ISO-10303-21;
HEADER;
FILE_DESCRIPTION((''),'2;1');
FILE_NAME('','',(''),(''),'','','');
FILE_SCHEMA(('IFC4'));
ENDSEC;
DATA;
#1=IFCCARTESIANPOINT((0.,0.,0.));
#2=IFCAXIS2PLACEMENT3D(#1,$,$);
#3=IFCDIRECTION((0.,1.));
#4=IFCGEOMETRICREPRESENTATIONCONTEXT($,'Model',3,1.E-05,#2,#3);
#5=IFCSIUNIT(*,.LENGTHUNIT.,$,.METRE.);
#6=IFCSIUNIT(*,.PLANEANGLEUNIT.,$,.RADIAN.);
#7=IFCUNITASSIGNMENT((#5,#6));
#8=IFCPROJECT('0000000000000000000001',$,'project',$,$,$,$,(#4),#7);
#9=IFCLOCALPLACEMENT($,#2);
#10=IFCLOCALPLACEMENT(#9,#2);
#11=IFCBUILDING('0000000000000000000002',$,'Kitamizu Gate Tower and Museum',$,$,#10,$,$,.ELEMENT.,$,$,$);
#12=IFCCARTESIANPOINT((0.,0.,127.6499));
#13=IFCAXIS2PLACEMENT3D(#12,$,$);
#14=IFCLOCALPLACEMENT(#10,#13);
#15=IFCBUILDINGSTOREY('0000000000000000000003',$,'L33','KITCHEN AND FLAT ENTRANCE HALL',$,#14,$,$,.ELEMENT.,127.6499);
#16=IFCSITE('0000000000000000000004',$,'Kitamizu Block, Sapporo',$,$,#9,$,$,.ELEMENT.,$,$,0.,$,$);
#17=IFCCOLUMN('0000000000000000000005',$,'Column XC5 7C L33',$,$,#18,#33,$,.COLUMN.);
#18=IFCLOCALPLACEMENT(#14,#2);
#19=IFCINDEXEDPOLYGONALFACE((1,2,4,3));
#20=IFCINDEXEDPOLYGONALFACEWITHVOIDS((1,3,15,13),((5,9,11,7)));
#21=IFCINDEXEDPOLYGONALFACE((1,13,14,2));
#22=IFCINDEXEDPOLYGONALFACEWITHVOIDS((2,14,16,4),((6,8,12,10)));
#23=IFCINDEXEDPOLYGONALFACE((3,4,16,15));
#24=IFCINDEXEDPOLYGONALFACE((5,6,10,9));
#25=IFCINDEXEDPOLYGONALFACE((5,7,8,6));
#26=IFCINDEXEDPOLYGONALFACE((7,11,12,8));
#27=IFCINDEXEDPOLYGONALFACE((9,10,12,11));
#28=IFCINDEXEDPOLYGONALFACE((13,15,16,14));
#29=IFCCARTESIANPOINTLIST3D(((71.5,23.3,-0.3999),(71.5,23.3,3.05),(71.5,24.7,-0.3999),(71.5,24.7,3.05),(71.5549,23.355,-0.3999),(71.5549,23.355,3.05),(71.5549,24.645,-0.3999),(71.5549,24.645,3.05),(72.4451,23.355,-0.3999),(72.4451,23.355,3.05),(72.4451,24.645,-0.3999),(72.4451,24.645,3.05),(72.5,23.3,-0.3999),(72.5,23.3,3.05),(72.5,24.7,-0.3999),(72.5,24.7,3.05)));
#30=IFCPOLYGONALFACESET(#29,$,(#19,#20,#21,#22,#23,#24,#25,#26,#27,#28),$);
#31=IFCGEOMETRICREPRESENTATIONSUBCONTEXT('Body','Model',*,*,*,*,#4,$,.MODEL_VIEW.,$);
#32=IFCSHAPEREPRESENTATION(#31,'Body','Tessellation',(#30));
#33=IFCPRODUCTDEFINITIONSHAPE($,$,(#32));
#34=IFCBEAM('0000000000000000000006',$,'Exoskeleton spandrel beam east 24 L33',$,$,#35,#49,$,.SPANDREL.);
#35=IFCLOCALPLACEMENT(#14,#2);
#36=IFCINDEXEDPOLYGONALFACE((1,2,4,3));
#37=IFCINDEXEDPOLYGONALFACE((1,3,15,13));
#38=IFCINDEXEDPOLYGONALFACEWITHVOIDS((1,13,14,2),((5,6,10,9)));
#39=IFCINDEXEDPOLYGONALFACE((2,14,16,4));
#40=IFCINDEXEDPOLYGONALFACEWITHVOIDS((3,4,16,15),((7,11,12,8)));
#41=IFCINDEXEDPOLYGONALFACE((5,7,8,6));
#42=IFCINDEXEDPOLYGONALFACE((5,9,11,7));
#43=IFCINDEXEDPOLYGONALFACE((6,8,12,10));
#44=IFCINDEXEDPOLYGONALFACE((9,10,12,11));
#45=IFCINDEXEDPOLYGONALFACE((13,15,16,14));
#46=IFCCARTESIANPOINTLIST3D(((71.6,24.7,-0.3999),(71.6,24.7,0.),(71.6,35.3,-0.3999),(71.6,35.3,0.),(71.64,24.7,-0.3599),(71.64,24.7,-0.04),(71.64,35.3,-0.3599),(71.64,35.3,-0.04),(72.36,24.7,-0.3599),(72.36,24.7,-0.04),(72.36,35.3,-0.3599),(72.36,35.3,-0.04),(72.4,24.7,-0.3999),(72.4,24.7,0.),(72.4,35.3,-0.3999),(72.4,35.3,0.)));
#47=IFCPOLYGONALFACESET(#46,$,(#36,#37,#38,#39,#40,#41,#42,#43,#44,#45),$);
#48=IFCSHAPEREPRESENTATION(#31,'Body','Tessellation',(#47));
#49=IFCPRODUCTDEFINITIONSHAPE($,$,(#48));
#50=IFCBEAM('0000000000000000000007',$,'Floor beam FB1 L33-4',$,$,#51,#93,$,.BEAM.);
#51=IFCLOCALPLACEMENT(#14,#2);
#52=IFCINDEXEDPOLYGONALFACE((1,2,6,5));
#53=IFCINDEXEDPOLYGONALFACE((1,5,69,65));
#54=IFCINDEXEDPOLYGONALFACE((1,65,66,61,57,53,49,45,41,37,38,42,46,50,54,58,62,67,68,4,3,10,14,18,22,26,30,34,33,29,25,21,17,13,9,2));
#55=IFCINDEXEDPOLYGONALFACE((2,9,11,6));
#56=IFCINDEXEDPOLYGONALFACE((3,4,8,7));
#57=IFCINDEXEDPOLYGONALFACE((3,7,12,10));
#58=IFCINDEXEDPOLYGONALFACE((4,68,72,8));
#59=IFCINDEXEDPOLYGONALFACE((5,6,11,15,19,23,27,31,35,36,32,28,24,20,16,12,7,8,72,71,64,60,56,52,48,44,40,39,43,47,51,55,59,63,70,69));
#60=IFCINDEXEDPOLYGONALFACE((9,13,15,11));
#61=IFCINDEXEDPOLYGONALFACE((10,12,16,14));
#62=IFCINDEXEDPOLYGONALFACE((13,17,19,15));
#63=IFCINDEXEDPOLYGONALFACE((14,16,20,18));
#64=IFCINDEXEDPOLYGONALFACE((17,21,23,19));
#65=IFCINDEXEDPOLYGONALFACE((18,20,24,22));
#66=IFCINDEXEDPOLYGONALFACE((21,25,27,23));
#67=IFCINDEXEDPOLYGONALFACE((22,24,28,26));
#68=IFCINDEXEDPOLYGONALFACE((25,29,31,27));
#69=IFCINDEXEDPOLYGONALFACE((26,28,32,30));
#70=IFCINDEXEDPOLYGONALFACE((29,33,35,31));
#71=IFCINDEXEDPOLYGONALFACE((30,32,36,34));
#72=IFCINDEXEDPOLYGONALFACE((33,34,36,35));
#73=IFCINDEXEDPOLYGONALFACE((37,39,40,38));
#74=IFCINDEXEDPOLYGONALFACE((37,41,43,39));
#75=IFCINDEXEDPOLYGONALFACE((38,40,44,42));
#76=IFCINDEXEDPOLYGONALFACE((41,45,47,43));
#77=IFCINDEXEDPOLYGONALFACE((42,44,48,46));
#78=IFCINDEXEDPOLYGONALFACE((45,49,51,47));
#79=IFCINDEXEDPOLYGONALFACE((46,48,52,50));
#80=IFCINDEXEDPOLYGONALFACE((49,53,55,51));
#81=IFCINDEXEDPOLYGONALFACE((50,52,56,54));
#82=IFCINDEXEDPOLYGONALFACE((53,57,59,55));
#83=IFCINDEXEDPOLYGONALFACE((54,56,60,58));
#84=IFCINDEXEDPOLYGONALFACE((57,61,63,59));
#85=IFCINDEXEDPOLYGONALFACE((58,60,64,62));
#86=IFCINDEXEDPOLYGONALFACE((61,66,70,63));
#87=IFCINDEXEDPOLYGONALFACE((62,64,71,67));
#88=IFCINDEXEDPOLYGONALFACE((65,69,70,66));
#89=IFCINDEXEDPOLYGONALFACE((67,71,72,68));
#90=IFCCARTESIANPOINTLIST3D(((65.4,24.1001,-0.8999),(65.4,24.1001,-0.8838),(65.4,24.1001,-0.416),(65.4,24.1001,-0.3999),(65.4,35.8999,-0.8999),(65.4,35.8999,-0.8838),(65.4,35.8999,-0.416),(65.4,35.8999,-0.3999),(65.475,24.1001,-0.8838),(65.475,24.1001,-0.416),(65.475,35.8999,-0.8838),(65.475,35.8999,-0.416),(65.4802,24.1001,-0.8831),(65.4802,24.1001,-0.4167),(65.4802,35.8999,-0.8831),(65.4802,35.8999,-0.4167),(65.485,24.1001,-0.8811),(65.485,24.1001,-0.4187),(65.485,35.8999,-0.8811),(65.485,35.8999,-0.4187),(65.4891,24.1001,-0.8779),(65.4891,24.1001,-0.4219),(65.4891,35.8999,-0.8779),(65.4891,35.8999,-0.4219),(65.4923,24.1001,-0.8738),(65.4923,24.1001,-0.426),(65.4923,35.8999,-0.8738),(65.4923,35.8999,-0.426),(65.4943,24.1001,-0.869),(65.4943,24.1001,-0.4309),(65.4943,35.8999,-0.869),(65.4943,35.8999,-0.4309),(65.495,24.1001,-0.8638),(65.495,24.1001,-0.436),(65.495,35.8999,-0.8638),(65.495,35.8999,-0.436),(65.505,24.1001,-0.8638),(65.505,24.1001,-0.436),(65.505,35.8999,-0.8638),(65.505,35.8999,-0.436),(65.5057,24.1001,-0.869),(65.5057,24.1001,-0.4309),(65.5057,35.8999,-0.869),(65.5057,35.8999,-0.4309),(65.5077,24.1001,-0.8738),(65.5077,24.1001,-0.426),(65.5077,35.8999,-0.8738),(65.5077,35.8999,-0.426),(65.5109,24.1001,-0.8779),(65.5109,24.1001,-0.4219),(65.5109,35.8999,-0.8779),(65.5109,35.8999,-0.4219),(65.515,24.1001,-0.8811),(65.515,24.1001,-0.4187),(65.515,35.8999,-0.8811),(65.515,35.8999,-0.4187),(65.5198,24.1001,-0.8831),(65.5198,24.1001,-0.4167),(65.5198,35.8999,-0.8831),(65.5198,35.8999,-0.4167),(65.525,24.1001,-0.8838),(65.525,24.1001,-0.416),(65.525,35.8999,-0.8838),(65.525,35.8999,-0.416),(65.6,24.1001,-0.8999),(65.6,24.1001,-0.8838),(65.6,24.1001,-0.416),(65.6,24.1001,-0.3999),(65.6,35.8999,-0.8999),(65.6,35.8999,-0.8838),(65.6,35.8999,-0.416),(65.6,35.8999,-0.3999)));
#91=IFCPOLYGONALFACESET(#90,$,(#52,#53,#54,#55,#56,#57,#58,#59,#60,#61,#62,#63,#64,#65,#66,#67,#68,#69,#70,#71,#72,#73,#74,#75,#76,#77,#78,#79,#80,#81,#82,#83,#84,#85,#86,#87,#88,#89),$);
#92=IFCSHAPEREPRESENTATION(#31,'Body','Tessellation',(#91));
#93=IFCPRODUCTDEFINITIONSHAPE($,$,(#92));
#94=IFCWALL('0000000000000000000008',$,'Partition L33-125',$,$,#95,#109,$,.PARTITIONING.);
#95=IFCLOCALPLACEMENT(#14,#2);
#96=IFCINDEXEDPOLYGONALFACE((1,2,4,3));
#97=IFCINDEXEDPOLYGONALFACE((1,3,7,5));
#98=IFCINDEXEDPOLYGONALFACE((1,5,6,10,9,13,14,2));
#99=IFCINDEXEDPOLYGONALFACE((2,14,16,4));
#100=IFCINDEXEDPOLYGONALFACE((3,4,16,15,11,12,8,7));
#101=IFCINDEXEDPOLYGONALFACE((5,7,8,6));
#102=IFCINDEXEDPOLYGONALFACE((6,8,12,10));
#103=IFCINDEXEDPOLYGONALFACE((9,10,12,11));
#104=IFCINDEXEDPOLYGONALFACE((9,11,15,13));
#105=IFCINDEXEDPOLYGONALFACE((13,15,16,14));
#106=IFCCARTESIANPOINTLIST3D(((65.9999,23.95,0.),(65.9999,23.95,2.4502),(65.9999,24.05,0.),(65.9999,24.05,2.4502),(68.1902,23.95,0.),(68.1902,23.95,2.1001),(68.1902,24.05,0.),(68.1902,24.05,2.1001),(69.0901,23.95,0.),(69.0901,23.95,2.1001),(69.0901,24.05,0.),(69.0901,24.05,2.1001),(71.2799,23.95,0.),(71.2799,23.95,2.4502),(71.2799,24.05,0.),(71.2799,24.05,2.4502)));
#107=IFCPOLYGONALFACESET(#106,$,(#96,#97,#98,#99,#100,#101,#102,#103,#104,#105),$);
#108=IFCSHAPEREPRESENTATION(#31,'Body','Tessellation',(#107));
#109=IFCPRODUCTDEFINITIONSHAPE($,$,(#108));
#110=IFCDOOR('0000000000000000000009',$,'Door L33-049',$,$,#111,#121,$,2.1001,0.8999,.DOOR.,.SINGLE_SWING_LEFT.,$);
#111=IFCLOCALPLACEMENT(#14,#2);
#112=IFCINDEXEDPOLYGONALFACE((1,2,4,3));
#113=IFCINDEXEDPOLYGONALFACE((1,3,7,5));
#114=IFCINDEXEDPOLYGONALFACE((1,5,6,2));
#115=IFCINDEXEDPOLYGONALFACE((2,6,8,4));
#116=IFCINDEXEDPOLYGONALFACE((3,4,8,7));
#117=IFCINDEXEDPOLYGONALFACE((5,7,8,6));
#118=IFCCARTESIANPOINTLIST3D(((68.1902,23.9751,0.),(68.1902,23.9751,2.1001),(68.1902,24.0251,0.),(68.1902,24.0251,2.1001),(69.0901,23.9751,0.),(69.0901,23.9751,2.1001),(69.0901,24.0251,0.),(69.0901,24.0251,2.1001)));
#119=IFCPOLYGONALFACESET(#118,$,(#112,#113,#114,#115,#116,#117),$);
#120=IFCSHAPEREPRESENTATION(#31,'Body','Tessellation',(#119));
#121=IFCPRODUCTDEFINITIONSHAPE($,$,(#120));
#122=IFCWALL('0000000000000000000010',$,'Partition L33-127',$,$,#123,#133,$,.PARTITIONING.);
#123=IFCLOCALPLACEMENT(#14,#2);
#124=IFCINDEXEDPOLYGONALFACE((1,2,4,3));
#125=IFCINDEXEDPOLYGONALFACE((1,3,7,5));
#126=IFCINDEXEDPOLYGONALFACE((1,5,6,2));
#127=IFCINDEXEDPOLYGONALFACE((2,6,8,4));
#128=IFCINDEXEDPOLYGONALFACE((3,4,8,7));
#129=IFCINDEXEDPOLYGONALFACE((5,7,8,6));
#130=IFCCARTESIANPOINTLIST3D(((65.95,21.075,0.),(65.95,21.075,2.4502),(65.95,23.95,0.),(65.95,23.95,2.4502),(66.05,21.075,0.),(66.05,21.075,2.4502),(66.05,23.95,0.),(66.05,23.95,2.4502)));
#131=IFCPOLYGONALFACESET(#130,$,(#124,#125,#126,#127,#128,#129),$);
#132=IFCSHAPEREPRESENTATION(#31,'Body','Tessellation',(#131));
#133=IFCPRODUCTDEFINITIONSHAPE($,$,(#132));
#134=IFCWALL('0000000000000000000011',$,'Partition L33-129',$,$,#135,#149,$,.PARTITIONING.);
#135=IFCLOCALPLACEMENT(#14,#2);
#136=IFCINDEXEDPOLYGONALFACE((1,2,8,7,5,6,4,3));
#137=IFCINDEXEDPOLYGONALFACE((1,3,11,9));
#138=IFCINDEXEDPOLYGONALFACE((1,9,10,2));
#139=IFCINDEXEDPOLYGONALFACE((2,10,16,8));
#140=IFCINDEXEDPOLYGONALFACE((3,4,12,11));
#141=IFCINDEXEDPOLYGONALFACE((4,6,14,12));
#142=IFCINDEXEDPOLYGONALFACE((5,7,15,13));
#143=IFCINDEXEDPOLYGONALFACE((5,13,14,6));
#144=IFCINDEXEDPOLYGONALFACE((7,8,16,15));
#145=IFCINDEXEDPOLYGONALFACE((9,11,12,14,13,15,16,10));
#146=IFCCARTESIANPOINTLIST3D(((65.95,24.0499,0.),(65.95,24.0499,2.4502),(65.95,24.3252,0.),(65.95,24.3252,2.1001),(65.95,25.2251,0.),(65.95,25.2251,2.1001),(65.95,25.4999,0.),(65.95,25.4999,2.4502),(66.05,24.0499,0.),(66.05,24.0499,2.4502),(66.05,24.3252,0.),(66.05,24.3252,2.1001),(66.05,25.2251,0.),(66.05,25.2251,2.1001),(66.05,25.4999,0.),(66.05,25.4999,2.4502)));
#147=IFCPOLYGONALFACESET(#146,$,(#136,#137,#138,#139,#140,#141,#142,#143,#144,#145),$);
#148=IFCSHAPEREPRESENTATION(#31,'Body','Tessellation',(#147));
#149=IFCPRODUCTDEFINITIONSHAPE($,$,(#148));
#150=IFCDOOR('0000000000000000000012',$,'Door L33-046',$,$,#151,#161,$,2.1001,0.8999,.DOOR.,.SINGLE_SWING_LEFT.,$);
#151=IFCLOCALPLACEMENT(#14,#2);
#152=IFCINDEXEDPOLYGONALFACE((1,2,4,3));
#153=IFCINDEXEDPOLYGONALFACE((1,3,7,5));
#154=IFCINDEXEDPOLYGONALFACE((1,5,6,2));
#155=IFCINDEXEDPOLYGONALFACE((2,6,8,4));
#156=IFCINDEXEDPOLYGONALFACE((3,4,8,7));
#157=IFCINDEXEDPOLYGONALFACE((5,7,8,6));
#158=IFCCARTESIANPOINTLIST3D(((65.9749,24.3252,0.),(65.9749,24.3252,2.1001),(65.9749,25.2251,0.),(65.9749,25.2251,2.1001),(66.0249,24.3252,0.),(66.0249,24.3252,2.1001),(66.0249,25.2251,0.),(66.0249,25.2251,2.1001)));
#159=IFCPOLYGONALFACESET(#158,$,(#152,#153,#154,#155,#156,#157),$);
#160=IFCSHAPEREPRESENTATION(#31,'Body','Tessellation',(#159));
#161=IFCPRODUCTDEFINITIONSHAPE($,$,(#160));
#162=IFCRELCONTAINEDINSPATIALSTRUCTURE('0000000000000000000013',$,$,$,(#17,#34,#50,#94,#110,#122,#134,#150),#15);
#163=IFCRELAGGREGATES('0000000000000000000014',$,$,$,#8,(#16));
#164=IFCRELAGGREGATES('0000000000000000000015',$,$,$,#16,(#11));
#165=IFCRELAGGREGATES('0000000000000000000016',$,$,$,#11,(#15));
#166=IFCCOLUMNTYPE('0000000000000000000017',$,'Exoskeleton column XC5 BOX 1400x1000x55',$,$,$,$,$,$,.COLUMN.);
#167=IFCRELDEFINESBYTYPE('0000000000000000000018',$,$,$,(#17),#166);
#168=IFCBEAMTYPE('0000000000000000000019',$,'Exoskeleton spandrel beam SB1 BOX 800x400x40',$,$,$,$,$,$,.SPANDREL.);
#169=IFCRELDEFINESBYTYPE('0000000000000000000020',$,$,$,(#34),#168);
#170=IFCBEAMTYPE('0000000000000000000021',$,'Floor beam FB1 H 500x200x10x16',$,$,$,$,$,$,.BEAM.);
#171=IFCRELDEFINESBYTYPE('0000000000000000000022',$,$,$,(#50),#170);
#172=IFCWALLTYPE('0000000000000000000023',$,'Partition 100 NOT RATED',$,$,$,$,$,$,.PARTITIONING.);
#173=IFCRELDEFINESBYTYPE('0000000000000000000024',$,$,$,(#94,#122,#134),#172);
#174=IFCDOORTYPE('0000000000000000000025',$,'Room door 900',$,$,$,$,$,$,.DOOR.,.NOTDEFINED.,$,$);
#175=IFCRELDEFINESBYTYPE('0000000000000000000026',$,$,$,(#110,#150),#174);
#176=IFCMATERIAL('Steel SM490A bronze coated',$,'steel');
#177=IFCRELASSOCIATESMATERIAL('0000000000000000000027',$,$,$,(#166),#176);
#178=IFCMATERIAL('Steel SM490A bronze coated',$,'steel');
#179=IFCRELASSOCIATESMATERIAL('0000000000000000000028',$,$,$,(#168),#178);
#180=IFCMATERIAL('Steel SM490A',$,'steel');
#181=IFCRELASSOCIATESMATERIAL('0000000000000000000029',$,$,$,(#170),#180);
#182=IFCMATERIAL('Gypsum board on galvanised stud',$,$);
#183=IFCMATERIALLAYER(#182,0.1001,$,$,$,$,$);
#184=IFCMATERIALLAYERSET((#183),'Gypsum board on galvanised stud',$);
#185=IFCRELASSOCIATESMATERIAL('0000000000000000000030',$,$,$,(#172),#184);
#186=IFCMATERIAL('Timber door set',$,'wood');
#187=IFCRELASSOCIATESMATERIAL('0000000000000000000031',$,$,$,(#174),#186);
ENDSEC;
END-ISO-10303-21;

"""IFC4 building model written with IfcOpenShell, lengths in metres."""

from ifc_helpers import new_model, si_unit, direction, frame, frame_2d, origin, origin_2d, place, context, subcontext, project, spatial, rectangle, hollow_rectangle, i_section, extrude, material, layer, layer_set, material_profile, profile_set, type_object, element, fill, save


model = new_model("IFC4")

# Units and contexts
model_context = context("Model", 3, precision=1e-05, world=origin(), true_north=direction((0.0, 1.0)))
body_context = subcontext(model_context, "Body", "Model", "MODEL_VIEW")
ifc_project = project(units=[si_unit("LENGTHUNIT", "METRE"), si_unit("PLANEANGLEUNIT", "RADIAN")], contexts=[model_context])

# Site, building, storey
site_placement = place(None, origin())
site = spatial("IfcSite", under=ifc_project, at=site_placement, Name="Kitamizu Block, Sapporo", CompositionType="ELEMENT", RefElevation=0.0)
building_placement = place(site_placement, origin())
building = spatial("IfcBuilding", under=site, at=building_placement, Name="Kitamizu Gate Tower and Museum", CompositionType="ELEMENT")
storey_placement = place(building_placement, frame((0.0, 0.0, 127.6499)))
storey = spatial("IfcBuildingStorey", under=building, at=storey_placement, Name="L33", Description="KITCHEN AND FLAT ENTRANCE HALL", CompositionType="ELEMENT", Elevation=127.6499)

# Column
ifc_material_1 = material(Name="Steel SM490A bronze coated", Category="steel")
ifc_material_profile_1 = material_profile(ifc_material_1, hollow_rectangle(XDim=1.3999, YDim=1.0, WallThickness=0.0549, at=origin_2d()), Name="BOX 1400x1000x55")
ifc_profile_set_1 = profile_set([ifc_material_profile_1], Name="Steel SM490A bronze coated")
column_type = type_object("IfcColumnType", Name="Exoskeleton column XC5 BOX 1400x1000x55", PredefinedType="COLUMN", material=ifc_profile_set_1)
column_placement = place(storey_placement, frame((72.0, 24.0, -0.3999), z_axis=(0.0, 0.0, 1.0), x_axis=(0.0, 1.0, 0.0)))
element("IfcColumn", 1, at=column_placement, inside=storey, type_object=column_type, Name="Column XC5 7C L33", PredefinedType="COLUMN", context=body_context, shape_type="SweptSolid", body=[
    extrude(hollow_rectangle(XDim=1.3999, YDim=1.0, WallThickness=0.0549, at=origin_2d()), origin(), (0.0, 0.0, 1.0), 3.45),
])

# Beams
ifc_material_2 = material(Name="Steel SM490A bronze coated", Category="steel")
ifc_material_profile_2 = material_profile(ifc_material_2, hollow_rectangle(XDim=0.8, YDim=0.3999, WallThickness=0.04, at=origin_2d()), Name="BOX 800x400x40")
ifc_profile_set_2 = profile_set([ifc_material_profile_2], Name="Steel SM490A bronze coated")
beam_type_1 = type_object("IfcBeamType", Name="Exoskeleton spandrel beam SB1 BOX 800x400x40", PredefinedType="SPANDREL", material=ifc_profile_set_2)
beam_1_placement = place(storey_placement, frame((72.0, 24.7, -0.2), z_axis=(0.0, 1.0, 0.0), x_axis=(-1.0, 0.0, 0.0)))
element("IfcBeam", 2, at=beam_1_placement, inside=storey, type_object=beam_type_1, Name="Exoskeleton spandrel beam east 24 L33", PredefinedType="SPANDREL", context=body_context, shape_type="SweptSolid", body=[
    extrude(hollow_rectangle(XDim=0.8, YDim=0.3999, WallThickness=0.04, at=origin_2d()), origin(), (0.0, 0.0, 1.0), 10.6001),
])
ifc_material_3 = material(Name="Steel SM490A", Category="steel")
ifc_material_profile_3 = material_profile(ifc_material_3, i_section(OverallWidth=0.2, OverallDepth=0.5, WebThickness=0.01, FlangeThickness=0.0161, FilletRadius=0.02, at=origin_2d()), Name="H-500x200x10x16")
ifc_profile_set_3 = profile_set([ifc_material_profile_3], Name="Steel SM490A")
beam_type_2 = type_object("IfcBeamType", Name="Floor beam FB1 H 500x200x10x16", PredefinedType="BEAM", material=ifc_profile_set_3)
beam_2_placement = place(storey_placement, frame((65.5, 24.1001, -0.6499), z_axis=(0.0, 1.0, 0.0), x_axis=(-1.0, 0.0, 0.0)))
element("IfcBeam", 3, at=beam_2_placement, inside=storey, type_object=beam_type_2, Name="Floor beam FB1 L33-4", PredefinedType="BEAM", context=body_context, shape_type="SweptSolid", body=[
    extrude(i_section(OverallWidth=0.2, OverallDepth=0.5, WebThickness=0.01, FlangeThickness=0.0161, FilletRadius=0.02, at=origin_2d()), origin(), (0.0, 0.0, 1.0), 11.7998),
])

# Wall, opening, door
ifc_material_4 = material(Name="Gypsum board on galvanised stud")
ifc_layer_1 = layer(ifc_material_4, 0.1001)
ifc_layer_set_1 = layer_set([ifc_layer_1], Name="Gypsum board on galvanised stud")
wall_type_1 = type_object("IfcWallType", Name="Partition 100 NOT RATED", PredefinedType="PARTITIONING", material=ifc_layer_set_1)
wall_1_placement = place(storey_placement, frame((71.28, 24.0, 0.0), z_axis=(0.0, 0.0, 1.0), x_axis=(-1.0, 0.0, 0.0)))
wall_1 = element("IfcWall", 4, at=wall_1_placement, inside=storey, type_object=wall_type_1, Name="Partition L33-125", PredefinedType="PARTITIONING", context=body_context, shape_type="SweptSolid", body=[
    extrude(rectangle(XDim=5.28, YDim=0.1001, at=frame_2d((2.6401, 0.0))), origin(), (0.0, 0.0, 1.0), 2.4502),
])
opening_1_placement = place(wall_1_placement, frame((2.1899, 0.0, 0.0)))
opening_1 = element("IfcOpeningElement", 5, at=opening_1_placement, cuts=wall_1, PredefinedType="OPENING", context=body_context, shape_type="SweptSolid", body=[
    extrude(rectangle(XDim=0.8999, YDim=2.1001, at=frame_2d((0.45, 1.05))), frame((0.0, 0.0601, 0.0), z_axis=(0.0, -1.0, 0.0), x_axis=(1.0, 0.0, 0.0)), (0.0, 0.0, 1.0), 0.1201),
])
ifc_material_5 = material(Name="Timber door set", Category="wood")
door_type_1 = type_object("IfcDoorType", Name="Room door 900", OperationType="NOTDEFINED", PredefinedType="DOOR", material=ifc_material_5)
door_1_placement = place(opening_1_placement, origin())
door_1 = element("IfcDoor", 6, at=door_1_placement, inside=storey, type_object=door_type_1, Name="Door L33-049", OperationType="SINGLE_SWING_LEFT", OverallHeight=2.1001, OverallWidth=0.8999, PredefinedType="DOOR", context=body_context, shape_type="SweptSolid", body=[
    extrude(rectangle(XDim=0.8999, YDim=2.1001, at=frame_2d((0.45, 1.05))), frame((0.0, 0.0249, 0.0), z_axis=(0.0, -1.0, 0.0), x_axis=(1.0, 0.0, 0.0)), (0.0, 0.0, 1.0), 0.05),
])
fill(opening_1, door_1)

# Wall
wall_2_placement = place(storey_placement, frame((66.0, 23.95, 0.0), z_axis=(0.0, 0.0, 1.0), x_axis=(0.0, -1.0, 0.0)))
element("IfcWall", 7, at=wall_2_placement, inside=storey, type_object=wall_type_1, Name="Partition L33-127", PredefinedType="PARTITIONING", context=body_context, shape_type="SweptSolid", body=[
    extrude(rectangle(XDim=2.875, YDim=0.1001, at=frame_2d((1.4375, 0.0))), origin(), (0.0, 0.0, 1.0), 2.4502),
])

# Wall, opening, door
wall_3_placement = place(storey_placement, frame((66.0, 25.5, 0.0), z_axis=(0.0, 0.0, 1.0), x_axis=(0.0, -1.0, 0.0)))
wall_3 = element("IfcWall", 8, at=wall_3_placement, inside=storey, type_object=wall_type_1, Name="Partition L33-129", PredefinedType="PARTITIONING", context=body_context, shape_type="SweptSolid", body=[
    extrude(rectangle(XDim=1.45, YDim=0.1001, at=frame_2d((0.7251, 0.0))), origin(), (0.0, 0.0, 1.0), 2.4502),
])
opening_2_placement = place(wall_3_placement, frame((0.2749, 0.0, 0.0)))
opening_2 = element("IfcOpeningElement", 9, at=opening_2_placement, cuts=wall_3, PredefinedType="OPENING", context=body_context, shape_type="SweptSolid", body=[
    extrude(rectangle(XDim=0.8999, YDim=2.1001, at=frame_2d((0.45, 1.05))), frame((0.0, 0.0601, 0.0), z_axis=(0.0, -1.0, 0.0), x_axis=(1.0, 0.0, 0.0)), (0.0, 0.0, 1.0), 0.1201),
])
door_2_placement = place(opening_2_placement, origin())
door_2 = element("IfcDoor", 10, at=door_2_placement, inside=storey, type_object=door_type_1, Name="Door L33-046", OperationType="SINGLE_SWING_LEFT", OverallHeight=2.1001, OverallWidth=0.8999, PredefinedType="DOOR", context=body_context, shape_type="SweptSolid", body=[
    extrude(rectangle(XDim=0.8999, YDim=2.1001, at=frame_2d((0.45, 1.05))), frame((0.0, 0.0249, 0.0), z_axis=(0.0, -1.0, 0.0), x_axis=(1.0, 0.0, 0.0)), (0.0, 0.0, 1.0), 0.05),
])
fill(opening_2, door_2)

save(model, "model.ifc")
